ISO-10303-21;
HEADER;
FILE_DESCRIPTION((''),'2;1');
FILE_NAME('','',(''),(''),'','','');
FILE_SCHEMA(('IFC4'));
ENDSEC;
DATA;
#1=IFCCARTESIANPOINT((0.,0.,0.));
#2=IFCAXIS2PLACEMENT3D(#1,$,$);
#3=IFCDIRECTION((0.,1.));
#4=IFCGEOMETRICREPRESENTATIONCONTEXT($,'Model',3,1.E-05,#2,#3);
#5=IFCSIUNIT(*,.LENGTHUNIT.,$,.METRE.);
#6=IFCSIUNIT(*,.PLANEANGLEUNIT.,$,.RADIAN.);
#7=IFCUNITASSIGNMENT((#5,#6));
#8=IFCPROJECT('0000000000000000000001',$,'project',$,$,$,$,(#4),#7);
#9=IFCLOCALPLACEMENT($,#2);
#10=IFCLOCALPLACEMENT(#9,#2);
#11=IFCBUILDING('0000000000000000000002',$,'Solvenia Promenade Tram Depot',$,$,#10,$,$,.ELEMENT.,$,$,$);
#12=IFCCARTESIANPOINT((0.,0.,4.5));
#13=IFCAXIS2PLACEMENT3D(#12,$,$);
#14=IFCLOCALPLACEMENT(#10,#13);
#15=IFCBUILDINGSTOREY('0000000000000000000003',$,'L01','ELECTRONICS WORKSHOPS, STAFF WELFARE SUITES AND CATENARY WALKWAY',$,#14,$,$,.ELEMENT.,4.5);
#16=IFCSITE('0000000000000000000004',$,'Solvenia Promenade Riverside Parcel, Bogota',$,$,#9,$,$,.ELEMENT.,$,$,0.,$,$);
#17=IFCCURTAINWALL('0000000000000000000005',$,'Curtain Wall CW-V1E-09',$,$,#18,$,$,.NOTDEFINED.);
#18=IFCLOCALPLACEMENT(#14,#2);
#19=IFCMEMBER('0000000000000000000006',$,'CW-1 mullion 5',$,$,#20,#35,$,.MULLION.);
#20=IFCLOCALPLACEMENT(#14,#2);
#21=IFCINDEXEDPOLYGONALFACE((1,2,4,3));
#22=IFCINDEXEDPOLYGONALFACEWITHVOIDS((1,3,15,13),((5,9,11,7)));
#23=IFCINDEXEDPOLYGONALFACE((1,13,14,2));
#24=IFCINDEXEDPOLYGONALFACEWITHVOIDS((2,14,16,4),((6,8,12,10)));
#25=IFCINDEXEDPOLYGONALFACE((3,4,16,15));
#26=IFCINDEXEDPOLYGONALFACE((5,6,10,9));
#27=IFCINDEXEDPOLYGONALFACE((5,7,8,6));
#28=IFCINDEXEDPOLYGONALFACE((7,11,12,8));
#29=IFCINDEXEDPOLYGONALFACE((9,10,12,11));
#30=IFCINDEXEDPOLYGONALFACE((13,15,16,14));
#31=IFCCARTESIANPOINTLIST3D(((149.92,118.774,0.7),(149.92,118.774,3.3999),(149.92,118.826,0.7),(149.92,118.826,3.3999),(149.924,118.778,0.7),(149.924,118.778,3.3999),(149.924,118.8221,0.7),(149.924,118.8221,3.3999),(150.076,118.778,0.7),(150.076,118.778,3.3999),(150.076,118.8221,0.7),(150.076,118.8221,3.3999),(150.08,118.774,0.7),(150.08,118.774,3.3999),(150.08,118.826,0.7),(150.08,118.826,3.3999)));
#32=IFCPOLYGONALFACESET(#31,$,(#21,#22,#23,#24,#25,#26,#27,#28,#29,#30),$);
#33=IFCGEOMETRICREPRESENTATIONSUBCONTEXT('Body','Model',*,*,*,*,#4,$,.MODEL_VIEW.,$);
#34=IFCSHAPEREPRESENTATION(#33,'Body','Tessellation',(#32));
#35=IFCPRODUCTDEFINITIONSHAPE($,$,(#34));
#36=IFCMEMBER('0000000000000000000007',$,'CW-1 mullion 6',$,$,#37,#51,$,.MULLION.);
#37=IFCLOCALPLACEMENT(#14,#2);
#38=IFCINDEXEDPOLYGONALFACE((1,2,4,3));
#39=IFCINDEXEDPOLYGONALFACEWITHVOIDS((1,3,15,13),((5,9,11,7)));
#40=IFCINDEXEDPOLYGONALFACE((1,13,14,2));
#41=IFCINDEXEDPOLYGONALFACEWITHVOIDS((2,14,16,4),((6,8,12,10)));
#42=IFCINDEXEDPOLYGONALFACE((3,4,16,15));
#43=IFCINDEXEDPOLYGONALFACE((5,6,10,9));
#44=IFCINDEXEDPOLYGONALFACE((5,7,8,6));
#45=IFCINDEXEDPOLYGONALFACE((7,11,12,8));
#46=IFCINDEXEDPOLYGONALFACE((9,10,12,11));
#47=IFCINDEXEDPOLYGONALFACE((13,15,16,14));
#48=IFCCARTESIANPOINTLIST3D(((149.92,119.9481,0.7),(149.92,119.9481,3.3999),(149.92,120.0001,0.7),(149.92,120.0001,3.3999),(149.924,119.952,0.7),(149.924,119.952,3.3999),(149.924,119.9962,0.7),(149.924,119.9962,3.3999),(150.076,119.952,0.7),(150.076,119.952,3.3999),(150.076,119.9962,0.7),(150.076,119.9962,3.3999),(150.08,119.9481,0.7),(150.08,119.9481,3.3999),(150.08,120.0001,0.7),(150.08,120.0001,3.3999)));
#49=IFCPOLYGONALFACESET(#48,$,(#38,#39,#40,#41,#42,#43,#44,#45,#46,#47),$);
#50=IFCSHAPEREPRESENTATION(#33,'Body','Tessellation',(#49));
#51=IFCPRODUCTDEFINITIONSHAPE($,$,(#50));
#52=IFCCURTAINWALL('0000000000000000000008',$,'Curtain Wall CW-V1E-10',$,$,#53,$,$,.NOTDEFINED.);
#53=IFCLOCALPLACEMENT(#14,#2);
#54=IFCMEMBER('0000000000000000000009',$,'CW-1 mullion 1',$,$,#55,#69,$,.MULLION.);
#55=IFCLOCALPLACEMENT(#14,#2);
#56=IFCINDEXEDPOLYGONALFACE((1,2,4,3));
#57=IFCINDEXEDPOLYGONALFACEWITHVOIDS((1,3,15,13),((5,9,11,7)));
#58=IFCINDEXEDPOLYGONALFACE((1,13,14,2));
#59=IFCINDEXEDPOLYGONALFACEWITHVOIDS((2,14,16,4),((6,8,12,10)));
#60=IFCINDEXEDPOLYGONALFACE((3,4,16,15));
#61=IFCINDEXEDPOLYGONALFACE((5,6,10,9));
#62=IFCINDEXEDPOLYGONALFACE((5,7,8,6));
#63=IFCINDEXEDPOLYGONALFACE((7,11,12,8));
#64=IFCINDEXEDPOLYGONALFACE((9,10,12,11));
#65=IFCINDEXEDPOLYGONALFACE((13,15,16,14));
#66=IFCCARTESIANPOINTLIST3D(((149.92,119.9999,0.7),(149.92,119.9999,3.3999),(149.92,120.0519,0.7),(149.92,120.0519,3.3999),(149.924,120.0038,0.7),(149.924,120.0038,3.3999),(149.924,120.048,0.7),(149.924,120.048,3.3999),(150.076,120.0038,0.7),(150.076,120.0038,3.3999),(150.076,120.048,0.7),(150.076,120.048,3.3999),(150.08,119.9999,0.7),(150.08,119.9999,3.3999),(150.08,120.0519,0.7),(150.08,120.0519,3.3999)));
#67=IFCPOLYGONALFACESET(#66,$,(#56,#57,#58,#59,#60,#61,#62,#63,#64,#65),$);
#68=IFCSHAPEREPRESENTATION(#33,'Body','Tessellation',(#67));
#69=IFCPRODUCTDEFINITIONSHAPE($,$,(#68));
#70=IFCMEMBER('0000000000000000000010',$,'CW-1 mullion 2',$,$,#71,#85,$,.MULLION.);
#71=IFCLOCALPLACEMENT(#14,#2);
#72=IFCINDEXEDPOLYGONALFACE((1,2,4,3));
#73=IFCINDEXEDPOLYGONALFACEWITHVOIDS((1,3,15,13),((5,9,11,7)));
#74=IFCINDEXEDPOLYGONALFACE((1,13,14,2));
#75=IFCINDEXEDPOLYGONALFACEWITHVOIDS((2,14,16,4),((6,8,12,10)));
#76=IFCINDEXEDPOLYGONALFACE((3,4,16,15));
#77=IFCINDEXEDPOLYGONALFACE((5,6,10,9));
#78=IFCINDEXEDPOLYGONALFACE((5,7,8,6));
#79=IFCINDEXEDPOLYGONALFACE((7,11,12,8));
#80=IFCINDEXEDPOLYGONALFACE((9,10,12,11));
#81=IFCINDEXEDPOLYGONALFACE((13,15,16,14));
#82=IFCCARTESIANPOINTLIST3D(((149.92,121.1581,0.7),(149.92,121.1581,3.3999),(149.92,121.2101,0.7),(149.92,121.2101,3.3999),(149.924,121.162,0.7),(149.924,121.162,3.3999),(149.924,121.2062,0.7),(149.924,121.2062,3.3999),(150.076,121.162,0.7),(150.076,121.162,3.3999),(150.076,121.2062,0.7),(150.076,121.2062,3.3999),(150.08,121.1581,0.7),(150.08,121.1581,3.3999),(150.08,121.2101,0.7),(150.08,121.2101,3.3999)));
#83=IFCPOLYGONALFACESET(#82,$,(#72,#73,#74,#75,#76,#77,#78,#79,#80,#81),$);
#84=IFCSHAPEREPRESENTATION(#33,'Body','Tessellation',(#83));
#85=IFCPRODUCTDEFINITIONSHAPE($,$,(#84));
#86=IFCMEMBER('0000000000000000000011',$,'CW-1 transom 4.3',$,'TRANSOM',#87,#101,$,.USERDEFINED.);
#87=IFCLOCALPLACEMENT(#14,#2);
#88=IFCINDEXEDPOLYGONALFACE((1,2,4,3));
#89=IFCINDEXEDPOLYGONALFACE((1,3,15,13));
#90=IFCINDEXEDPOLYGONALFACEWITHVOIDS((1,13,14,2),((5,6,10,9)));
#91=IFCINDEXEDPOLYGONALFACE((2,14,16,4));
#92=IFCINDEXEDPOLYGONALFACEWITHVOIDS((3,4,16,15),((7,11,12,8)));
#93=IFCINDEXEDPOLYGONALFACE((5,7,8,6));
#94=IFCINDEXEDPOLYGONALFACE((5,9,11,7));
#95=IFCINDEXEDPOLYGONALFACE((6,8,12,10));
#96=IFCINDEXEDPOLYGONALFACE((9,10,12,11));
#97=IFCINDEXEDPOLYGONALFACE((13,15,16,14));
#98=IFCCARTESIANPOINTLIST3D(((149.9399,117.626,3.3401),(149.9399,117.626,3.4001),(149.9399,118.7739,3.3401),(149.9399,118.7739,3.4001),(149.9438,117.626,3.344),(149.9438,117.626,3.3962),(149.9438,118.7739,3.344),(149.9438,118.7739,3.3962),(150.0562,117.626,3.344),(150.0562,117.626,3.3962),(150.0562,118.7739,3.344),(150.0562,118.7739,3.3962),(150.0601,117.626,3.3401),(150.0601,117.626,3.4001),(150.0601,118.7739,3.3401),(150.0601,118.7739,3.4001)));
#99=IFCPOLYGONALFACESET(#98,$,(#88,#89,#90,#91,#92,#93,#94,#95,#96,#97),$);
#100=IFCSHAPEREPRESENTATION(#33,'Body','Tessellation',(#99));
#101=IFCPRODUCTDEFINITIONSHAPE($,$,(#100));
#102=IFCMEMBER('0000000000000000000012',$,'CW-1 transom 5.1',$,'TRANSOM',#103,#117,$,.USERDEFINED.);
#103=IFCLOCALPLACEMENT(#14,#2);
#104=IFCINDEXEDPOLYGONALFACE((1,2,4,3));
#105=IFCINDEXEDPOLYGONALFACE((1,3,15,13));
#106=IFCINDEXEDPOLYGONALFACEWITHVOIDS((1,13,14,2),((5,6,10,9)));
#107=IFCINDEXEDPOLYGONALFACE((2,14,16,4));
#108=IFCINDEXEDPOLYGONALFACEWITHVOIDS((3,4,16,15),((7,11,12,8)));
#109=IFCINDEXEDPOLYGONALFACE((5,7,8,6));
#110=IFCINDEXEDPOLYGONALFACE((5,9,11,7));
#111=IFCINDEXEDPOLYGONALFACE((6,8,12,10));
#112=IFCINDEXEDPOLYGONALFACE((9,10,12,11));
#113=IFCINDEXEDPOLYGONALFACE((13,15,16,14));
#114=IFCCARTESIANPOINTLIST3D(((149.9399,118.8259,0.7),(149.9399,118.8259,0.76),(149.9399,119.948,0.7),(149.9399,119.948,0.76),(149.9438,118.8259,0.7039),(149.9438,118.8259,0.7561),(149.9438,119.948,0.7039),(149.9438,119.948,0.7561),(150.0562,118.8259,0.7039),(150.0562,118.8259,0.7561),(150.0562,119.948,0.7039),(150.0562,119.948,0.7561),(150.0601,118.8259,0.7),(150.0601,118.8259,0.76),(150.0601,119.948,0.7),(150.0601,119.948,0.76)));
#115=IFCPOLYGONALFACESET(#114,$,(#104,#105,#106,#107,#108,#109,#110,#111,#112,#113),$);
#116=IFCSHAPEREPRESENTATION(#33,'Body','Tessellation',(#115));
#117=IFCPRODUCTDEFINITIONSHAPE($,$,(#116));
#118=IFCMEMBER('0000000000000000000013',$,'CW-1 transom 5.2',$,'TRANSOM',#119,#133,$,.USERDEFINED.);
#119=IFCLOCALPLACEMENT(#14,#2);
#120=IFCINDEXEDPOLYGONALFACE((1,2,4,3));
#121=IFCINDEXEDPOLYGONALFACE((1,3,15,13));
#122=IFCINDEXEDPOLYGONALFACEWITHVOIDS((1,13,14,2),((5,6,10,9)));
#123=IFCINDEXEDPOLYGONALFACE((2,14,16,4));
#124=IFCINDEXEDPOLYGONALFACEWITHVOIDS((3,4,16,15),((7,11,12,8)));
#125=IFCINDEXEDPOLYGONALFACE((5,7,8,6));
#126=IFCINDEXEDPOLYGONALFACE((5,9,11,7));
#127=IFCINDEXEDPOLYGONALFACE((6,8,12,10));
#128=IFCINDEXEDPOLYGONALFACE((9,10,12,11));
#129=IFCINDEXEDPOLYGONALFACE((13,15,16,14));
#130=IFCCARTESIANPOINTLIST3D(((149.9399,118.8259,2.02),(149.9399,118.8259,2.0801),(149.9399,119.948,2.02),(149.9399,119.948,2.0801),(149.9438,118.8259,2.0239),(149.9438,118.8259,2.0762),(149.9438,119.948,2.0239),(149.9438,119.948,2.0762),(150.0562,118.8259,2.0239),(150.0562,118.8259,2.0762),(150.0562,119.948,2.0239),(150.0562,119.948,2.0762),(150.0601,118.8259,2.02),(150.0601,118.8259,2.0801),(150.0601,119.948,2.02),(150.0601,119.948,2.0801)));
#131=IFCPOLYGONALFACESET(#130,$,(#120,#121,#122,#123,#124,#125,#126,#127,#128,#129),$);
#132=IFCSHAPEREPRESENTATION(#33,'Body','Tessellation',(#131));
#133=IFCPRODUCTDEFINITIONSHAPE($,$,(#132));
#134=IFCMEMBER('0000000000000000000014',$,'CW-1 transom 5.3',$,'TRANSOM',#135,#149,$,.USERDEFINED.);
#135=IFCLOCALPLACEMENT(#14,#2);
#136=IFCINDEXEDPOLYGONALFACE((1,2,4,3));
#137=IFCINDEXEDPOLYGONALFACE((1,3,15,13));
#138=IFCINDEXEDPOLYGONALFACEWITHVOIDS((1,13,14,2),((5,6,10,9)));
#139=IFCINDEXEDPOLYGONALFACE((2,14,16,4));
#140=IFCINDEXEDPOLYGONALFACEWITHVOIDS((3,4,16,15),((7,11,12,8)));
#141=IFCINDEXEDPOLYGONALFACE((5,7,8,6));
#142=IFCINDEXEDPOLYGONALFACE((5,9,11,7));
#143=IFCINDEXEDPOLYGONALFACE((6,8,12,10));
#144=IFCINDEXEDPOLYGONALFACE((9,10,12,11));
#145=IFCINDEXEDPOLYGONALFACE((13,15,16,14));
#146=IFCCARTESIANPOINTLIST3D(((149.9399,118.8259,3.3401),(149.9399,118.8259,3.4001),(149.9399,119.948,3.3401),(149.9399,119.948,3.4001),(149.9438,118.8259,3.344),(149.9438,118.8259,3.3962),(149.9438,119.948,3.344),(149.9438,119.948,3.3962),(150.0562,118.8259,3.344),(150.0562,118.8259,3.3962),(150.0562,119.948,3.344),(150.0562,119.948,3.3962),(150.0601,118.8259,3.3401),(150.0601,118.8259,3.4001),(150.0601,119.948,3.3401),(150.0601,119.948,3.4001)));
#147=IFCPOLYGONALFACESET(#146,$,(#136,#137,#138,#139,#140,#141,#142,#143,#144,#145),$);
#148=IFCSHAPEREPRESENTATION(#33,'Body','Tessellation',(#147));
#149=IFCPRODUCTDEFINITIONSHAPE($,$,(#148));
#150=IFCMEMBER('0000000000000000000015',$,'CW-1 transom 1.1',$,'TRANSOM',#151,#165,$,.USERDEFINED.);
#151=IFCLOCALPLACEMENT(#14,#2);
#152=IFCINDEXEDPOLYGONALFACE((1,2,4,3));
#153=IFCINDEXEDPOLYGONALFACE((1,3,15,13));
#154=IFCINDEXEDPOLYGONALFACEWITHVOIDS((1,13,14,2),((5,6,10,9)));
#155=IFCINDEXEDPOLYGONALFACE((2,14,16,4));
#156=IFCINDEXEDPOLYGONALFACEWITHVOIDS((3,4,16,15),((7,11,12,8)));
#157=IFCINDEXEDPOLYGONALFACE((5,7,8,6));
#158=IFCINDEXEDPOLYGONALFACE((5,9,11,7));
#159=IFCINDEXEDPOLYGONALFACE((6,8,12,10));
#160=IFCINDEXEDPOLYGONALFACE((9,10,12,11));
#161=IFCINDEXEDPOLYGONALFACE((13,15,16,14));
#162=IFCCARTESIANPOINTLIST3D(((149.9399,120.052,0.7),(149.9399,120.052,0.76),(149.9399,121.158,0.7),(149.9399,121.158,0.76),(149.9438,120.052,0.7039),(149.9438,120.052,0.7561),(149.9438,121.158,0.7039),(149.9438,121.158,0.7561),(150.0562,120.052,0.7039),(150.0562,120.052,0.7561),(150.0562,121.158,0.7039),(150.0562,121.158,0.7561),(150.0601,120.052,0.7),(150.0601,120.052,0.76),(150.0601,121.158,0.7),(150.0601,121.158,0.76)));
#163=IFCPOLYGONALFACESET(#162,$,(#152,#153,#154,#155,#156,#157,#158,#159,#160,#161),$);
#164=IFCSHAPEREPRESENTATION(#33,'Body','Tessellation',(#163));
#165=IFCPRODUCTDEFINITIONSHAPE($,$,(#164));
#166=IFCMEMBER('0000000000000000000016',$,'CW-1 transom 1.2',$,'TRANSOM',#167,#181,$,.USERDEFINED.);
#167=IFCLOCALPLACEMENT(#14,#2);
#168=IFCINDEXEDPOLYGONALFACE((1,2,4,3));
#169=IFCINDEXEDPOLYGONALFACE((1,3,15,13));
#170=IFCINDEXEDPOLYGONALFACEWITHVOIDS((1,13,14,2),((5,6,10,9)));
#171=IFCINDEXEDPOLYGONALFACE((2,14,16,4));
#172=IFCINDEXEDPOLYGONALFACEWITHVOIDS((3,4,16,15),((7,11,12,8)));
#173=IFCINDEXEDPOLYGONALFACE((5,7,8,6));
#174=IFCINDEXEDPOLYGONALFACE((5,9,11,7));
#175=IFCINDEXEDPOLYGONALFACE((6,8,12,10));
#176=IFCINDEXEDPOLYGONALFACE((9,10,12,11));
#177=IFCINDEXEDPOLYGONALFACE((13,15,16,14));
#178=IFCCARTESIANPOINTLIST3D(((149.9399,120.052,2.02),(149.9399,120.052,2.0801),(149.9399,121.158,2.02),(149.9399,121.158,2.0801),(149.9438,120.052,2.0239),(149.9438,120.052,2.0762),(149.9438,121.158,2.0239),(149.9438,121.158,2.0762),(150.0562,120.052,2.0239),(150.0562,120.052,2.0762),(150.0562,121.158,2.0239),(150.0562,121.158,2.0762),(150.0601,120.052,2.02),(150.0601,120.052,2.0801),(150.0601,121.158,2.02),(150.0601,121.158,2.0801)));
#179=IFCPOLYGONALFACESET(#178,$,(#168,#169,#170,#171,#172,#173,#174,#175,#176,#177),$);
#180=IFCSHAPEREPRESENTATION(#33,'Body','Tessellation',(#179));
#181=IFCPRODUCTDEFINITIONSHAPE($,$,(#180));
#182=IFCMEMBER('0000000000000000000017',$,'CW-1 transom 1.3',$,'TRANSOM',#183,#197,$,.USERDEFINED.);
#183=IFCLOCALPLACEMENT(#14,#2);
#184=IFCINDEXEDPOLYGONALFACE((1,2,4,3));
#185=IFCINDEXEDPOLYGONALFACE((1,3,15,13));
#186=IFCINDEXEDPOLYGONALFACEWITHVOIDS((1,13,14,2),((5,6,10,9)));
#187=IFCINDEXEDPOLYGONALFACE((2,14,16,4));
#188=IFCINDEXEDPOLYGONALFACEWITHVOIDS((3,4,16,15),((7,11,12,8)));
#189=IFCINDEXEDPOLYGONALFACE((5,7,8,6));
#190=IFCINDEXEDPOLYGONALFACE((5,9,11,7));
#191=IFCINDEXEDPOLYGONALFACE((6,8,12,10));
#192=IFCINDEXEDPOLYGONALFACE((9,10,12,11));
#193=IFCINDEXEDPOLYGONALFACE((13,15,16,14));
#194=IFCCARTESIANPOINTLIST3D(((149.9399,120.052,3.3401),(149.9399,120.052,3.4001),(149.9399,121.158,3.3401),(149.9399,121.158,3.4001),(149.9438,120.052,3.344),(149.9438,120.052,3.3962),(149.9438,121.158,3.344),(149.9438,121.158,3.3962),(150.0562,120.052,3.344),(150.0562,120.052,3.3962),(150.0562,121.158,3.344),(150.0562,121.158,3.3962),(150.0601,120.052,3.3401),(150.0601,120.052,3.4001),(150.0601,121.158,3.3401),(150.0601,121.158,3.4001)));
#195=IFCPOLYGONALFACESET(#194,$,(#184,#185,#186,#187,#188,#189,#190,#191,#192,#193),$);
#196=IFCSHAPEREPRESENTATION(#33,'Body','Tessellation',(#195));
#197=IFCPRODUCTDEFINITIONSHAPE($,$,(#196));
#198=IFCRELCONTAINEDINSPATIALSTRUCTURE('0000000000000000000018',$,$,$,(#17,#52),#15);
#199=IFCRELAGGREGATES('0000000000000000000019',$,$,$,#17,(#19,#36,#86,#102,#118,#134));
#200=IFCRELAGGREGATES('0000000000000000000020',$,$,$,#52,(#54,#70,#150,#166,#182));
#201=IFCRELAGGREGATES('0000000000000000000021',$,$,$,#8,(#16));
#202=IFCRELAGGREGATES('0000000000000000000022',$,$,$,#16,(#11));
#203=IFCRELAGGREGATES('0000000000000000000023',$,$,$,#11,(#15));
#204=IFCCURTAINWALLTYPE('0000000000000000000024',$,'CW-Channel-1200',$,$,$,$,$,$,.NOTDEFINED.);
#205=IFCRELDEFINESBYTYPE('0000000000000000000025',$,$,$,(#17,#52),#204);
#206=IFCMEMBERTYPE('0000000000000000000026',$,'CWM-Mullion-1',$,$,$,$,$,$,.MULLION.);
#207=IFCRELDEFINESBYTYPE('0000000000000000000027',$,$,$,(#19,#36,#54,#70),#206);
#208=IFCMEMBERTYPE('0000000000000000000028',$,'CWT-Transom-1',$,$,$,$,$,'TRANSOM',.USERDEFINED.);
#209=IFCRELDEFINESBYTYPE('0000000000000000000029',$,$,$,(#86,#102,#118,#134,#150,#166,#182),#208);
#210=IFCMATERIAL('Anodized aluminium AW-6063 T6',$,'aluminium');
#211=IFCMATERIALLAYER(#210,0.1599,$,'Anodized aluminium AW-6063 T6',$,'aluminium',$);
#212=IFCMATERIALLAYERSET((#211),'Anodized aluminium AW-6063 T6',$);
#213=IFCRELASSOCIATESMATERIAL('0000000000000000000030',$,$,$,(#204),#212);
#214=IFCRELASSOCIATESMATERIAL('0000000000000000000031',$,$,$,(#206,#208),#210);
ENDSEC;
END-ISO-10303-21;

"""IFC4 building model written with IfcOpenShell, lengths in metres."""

from ifc_helpers import new_model, si_unit, direction, frame, origin, origin_2d, place, context, subcontext, project, spatial, hollow_rectangle, extrude, material, layer, layer_set, material_profile, profile_set, type_object, element, aggregate, save


model = new_model("IFC4")

# Units and contexts
model_context = context("Model", 3, precision=1e-05, world=origin(), true_north=direction((0.0, 1.0)))
body_context = subcontext(model_context, "Body", "Model", "MODEL_VIEW")
ifc_project = project(units=[si_unit("LENGTHUNIT", "METRE"), si_unit("PLANEANGLEUNIT", "RADIAN")], contexts=[model_context])

# Site, building, storey
site_placement = place(None, origin())
site = spatial("IfcSite", under=ifc_project, at=site_placement, Name="Solvenia Promenade Riverside Parcel, Bogota", CompositionType="ELEMENT", RefElevation=0.0)
building_placement = place(site_placement, origin())
building = spatial("IfcBuilding", under=site, at=building_placement, Name="Solvenia Promenade Tram Depot", CompositionType="ELEMENT")
storey_placement = place(building_placement, frame((0.0, 0.0, 4.5)))
storey = spatial("IfcBuildingStorey", under=building, at=storey_placement, Name="L01", Description="ELECTRONICS WORKSHOPS, STAFF WELFARE SUITES AND CATENARY WALKWAY", CompositionType="ELEMENT", Elevation=4.5)

# Curtain walls, members
ifc_material_1 = material(Name="Anodized aluminium AW-6063 T6", Category="aluminium")
ifc_layer_1 = layer(ifc_material_1, 0.1599, Name="Anodized aluminium AW-6063 T6", Category="aluminium")
ifc_layer_set_1 = layer_set([ifc_layer_1], Name="Anodized aluminium AW-6063 T6")
curtain_wall_type = type_object("IfcCurtainWallType", Name="CW-Channel-1200", PredefinedType="NOTDEFINED", material=ifc_layer_set_1)
curtain_wall_1_placement = place(storey_placement, origin())
curtain_wall_1 = element("IfcCurtainWall", 1, at=curtain_wall_1_placement, inside=storey, type_object=curtain_wall_type, Name="Curtain Wall CW-V1E-09", PredefinedType="NOTDEFINED")
ifc_material_profile_1 = material_profile(ifc_material_1, hollow_rectangle(XDim=0.1599, YDim=0.052, WallThickness=0.0039, at=origin_2d()), Name="ALU-M1", Category="aluminium")
ifc_profile_set_1 = profile_set([ifc_material_profile_1], Name="Anodized aluminium AW-6063 T6")
member_type_1 = type_object("IfcMemberType", Name="CWM-Mullion-1", PredefinedType="MULLION", material=ifc_profile_set_1)
member_1_placement = place(storey_placement, frame((150.0, 118.8, 0.7), z_axis=(0.0, 0.0, 1.0), x_axis=(-1.0, 0.0, 0.0)))
member_1 = element("IfcMember", 2, at=member_1_placement, type_object=member_type_1, Name="CW-1 mullion 5", PredefinedType="MULLION", context=body_context, shape_type="SweptSolid", body=[
    extrude(hollow_rectangle(XDim=0.1599, YDim=0.052, WallThickness=0.0039, at=origin_2d()), origin(), (0.0, 0.0, 1.0), 2.7),
])
member_2_placement = place(storey_placement, frame((150.0, 119.9741, 0.7), z_axis=(0.0, 0.0, 1.0), x_axis=(-1.0, 0.0, 0.0)))
member_2 = element("IfcMember", 3, at=member_2_placement, type_object=member_type_1, Name="CW-1 mullion 6", PredefinedType="MULLION", context=body_context, shape_type="SweptSolid", body=[
    extrude(hollow_rectangle(XDim=0.1599, YDim=0.052, WallThickness=0.0039, at=origin_2d()), origin(), (0.0, 0.0, 1.0), 2.7),
])
curtain_wall_2_placement = place(storey_placement, origin())
curtain_wall_2 = element("IfcCurtainWall", 4, at=curtain_wall_2_placement, inside=storey, type_object=curtain_wall_type, Name="Curtain Wall CW-V1E-10", PredefinedType="NOTDEFINED")
member_3_placement = place(storey_placement, frame((150.0, 120.0259, 0.7), z_axis=(0.0, 0.0, 1.0), x_axis=(-1.0, 0.0, 0.0)))
member_3 = element("IfcMember", 5, at=member_3_placement, type_object=member_type_1, Name="CW-1 mullion 1", PredefinedType="MULLION", context=body_context, shape_type="SweptSolid", body=[
    extrude(hollow_rectangle(XDim=0.1599, YDim=0.052, WallThickness=0.0039, at=origin_2d()), origin(), (0.0, 0.0, 1.0), 2.7),
])
member_4_placement = place(storey_placement, frame((150.0, 121.1841, 0.7), z_axis=(0.0, 0.0, 1.0), x_axis=(-1.0, 0.0, 0.0)))
member_4 = element("IfcMember", 6, at=member_4_placement, type_object=member_type_1, Name="CW-1 mullion 2", PredefinedType="MULLION", context=body_context, shape_type="SweptSolid", body=[
    extrude(hollow_rectangle(XDim=0.1599, YDim=0.052, WallThickness=0.0039, at=origin_2d()), origin(), (0.0, 0.0, 1.0), 2.7),
])

# Members
ifc_material_profile_2 = material_profile(ifc_material_1, hollow_rectangle(XDim=0.1201, YDim=0.0601, WallThickness=0.0039, at=origin_2d()), Name="ALU-T1", Category="aluminium")
ifc_profile_set_2 = profile_set([ifc_material_profile_2], Name="Anodized aluminium AW-6063 T6")
member_type_2 = type_object("IfcMemberType", Name="CWT-Transom-1", ElementType="TRANSOM", PredefinedType="USERDEFINED", material=ifc_profile_set_2)
member_5_placement = place(storey_placement, frame((150.0, 117.626, 3.3701), z_axis=(0.0, 1.0, 0.0), x_axis=(-1.0, 0.0, 0.0)))
member_5 = element("IfcMember", 7, at=member_5_placement, type_object=member_type_2, Name="CW-1 transom 4.3", ObjectType="TRANSOM", PredefinedType="USERDEFINED", context=body_context, shape_type="SweptSolid", body=[
    extrude(hollow_rectangle(XDim=0.1201, YDim=0.0601, WallThickness=0.0039, at=origin_2d()), origin(), (0.0, 0.0, 1.0), 1.1479),
])
member_6_placement = place(storey_placement, frame((150.0, 118.8259, 0.73), z_axis=(0.0, 1.0, 0.0), x_axis=(-1.0, 0.0, 0.0)))
member_6 = element("IfcMember", 8, at=member_6_placement, type_object=member_type_2, Name="CW-1 transom 5.1", ObjectType="TRANSOM", PredefinedType="USERDEFINED", context=body_context, shape_type="SweptSolid", body=[
    extrude(hollow_rectangle(XDim=0.1201, YDim=0.0601, WallThickness=0.0039, at=origin_2d()), origin(), (0.0, 0.0, 1.0), 1.1221),
])
member_7_placement = place(storey_placement, frame((150.0, 118.8259, 2.05), z_axis=(0.0, 1.0, 0.0), x_axis=(-1.0, 0.0, 0.0)))
member_7 = element("IfcMember", 9, at=member_7_placement, type_object=member_type_2, Name="CW-1 transom 5.2", ObjectType="TRANSOM", PredefinedType="USERDEFINED", context=body_context, shape_type="SweptSolid", body=[
    extrude(hollow_rectangle(XDim=0.1201, YDim=0.0601, WallThickness=0.0039, at=origin_2d()), origin(), (0.0, 0.0, 1.0), 1.1221),
])
member_8_placement = place(storey_placement, frame((150.0, 118.8259, 3.3701), z_axis=(0.0, 1.0, 0.0), x_axis=(-1.0, 0.0, 0.0)))
member_8 = element("IfcMember", 10, at=member_8_placement, type_object=member_type_2, Name="CW-1 transom 5.3", ObjectType="TRANSOM", PredefinedType="USERDEFINED", context=body_context, shape_type="SweptSolid", body=[
    extrude(hollow_rectangle(XDim=0.1201, YDim=0.0601, WallThickness=0.0039, at=origin_2d()), origin(), (0.0, 0.0, 1.0), 1.1221),
])
member_9_placement = place(storey_placement, frame((150.0, 120.052, 0.73), z_axis=(0.0, 1.0, 0.0), x_axis=(-1.0, 0.0, 0.0)))
member_9 = element("IfcMember", 11, at=member_9_placement, type_object=member_type_2, Name="CW-1 transom 1.1", ObjectType="TRANSOM", PredefinedType="USERDEFINED", context=body_context, shape_type="SweptSolid", body=[
    extrude(hollow_rectangle(XDim=0.1201, YDim=0.0601, WallThickness=0.0039, at=origin_2d()), origin(), (0.0, 0.0, 1.0), 1.106),
])
member_10_placement = place(storey_placement, frame((150.0, 120.052, 2.05), z_axis=(0.0, 1.0, 0.0), x_axis=(-1.0, 0.0, 0.0)))
member_10 = element("IfcMember", 12, at=member_10_placement, type_object=member_type_2, Name="CW-1 transom 1.2", ObjectType="TRANSOM", PredefinedType="USERDEFINED", context=body_context, shape_type="SweptSolid", body=[
    extrude(hollow_rectangle(XDim=0.1201, YDim=0.0601, WallThickness=0.0039, at=origin_2d()), origin(), (0.0, 0.0, 1.0), 1.106),
])
member_11_placement = place(storey_placement, frame((150.0, 120.052, 3.3701), z_axis=(0.0, 1.0, 0.0), x_axis=(-1.0, 0.0, 0.0)))
member_11 = element("IfcMember", 13, at=member_11_placement, type_object=member_type_2, Name="CW-1 transom 1.3", ObjectType="TRANSOM", PredefinedType="USERDEFINED", context=body_context, shape_type="SweptSolid", body=[
    extrude(hollow_rectangle(XDim=0.1201, YDim=0.0601, WallThickness=0.0039, at=origin_2d()), origin(), (0.0, 0.0, 1.0), 1.106),
])

aggregate(curtain_wall_1, [member_1, member_2, member_5, member_6, member_7, member_8])
aggregate(curtain_wall_2, [member_3, member_4, member_9, member_10, member_11])

save(model, "model.ifc")
